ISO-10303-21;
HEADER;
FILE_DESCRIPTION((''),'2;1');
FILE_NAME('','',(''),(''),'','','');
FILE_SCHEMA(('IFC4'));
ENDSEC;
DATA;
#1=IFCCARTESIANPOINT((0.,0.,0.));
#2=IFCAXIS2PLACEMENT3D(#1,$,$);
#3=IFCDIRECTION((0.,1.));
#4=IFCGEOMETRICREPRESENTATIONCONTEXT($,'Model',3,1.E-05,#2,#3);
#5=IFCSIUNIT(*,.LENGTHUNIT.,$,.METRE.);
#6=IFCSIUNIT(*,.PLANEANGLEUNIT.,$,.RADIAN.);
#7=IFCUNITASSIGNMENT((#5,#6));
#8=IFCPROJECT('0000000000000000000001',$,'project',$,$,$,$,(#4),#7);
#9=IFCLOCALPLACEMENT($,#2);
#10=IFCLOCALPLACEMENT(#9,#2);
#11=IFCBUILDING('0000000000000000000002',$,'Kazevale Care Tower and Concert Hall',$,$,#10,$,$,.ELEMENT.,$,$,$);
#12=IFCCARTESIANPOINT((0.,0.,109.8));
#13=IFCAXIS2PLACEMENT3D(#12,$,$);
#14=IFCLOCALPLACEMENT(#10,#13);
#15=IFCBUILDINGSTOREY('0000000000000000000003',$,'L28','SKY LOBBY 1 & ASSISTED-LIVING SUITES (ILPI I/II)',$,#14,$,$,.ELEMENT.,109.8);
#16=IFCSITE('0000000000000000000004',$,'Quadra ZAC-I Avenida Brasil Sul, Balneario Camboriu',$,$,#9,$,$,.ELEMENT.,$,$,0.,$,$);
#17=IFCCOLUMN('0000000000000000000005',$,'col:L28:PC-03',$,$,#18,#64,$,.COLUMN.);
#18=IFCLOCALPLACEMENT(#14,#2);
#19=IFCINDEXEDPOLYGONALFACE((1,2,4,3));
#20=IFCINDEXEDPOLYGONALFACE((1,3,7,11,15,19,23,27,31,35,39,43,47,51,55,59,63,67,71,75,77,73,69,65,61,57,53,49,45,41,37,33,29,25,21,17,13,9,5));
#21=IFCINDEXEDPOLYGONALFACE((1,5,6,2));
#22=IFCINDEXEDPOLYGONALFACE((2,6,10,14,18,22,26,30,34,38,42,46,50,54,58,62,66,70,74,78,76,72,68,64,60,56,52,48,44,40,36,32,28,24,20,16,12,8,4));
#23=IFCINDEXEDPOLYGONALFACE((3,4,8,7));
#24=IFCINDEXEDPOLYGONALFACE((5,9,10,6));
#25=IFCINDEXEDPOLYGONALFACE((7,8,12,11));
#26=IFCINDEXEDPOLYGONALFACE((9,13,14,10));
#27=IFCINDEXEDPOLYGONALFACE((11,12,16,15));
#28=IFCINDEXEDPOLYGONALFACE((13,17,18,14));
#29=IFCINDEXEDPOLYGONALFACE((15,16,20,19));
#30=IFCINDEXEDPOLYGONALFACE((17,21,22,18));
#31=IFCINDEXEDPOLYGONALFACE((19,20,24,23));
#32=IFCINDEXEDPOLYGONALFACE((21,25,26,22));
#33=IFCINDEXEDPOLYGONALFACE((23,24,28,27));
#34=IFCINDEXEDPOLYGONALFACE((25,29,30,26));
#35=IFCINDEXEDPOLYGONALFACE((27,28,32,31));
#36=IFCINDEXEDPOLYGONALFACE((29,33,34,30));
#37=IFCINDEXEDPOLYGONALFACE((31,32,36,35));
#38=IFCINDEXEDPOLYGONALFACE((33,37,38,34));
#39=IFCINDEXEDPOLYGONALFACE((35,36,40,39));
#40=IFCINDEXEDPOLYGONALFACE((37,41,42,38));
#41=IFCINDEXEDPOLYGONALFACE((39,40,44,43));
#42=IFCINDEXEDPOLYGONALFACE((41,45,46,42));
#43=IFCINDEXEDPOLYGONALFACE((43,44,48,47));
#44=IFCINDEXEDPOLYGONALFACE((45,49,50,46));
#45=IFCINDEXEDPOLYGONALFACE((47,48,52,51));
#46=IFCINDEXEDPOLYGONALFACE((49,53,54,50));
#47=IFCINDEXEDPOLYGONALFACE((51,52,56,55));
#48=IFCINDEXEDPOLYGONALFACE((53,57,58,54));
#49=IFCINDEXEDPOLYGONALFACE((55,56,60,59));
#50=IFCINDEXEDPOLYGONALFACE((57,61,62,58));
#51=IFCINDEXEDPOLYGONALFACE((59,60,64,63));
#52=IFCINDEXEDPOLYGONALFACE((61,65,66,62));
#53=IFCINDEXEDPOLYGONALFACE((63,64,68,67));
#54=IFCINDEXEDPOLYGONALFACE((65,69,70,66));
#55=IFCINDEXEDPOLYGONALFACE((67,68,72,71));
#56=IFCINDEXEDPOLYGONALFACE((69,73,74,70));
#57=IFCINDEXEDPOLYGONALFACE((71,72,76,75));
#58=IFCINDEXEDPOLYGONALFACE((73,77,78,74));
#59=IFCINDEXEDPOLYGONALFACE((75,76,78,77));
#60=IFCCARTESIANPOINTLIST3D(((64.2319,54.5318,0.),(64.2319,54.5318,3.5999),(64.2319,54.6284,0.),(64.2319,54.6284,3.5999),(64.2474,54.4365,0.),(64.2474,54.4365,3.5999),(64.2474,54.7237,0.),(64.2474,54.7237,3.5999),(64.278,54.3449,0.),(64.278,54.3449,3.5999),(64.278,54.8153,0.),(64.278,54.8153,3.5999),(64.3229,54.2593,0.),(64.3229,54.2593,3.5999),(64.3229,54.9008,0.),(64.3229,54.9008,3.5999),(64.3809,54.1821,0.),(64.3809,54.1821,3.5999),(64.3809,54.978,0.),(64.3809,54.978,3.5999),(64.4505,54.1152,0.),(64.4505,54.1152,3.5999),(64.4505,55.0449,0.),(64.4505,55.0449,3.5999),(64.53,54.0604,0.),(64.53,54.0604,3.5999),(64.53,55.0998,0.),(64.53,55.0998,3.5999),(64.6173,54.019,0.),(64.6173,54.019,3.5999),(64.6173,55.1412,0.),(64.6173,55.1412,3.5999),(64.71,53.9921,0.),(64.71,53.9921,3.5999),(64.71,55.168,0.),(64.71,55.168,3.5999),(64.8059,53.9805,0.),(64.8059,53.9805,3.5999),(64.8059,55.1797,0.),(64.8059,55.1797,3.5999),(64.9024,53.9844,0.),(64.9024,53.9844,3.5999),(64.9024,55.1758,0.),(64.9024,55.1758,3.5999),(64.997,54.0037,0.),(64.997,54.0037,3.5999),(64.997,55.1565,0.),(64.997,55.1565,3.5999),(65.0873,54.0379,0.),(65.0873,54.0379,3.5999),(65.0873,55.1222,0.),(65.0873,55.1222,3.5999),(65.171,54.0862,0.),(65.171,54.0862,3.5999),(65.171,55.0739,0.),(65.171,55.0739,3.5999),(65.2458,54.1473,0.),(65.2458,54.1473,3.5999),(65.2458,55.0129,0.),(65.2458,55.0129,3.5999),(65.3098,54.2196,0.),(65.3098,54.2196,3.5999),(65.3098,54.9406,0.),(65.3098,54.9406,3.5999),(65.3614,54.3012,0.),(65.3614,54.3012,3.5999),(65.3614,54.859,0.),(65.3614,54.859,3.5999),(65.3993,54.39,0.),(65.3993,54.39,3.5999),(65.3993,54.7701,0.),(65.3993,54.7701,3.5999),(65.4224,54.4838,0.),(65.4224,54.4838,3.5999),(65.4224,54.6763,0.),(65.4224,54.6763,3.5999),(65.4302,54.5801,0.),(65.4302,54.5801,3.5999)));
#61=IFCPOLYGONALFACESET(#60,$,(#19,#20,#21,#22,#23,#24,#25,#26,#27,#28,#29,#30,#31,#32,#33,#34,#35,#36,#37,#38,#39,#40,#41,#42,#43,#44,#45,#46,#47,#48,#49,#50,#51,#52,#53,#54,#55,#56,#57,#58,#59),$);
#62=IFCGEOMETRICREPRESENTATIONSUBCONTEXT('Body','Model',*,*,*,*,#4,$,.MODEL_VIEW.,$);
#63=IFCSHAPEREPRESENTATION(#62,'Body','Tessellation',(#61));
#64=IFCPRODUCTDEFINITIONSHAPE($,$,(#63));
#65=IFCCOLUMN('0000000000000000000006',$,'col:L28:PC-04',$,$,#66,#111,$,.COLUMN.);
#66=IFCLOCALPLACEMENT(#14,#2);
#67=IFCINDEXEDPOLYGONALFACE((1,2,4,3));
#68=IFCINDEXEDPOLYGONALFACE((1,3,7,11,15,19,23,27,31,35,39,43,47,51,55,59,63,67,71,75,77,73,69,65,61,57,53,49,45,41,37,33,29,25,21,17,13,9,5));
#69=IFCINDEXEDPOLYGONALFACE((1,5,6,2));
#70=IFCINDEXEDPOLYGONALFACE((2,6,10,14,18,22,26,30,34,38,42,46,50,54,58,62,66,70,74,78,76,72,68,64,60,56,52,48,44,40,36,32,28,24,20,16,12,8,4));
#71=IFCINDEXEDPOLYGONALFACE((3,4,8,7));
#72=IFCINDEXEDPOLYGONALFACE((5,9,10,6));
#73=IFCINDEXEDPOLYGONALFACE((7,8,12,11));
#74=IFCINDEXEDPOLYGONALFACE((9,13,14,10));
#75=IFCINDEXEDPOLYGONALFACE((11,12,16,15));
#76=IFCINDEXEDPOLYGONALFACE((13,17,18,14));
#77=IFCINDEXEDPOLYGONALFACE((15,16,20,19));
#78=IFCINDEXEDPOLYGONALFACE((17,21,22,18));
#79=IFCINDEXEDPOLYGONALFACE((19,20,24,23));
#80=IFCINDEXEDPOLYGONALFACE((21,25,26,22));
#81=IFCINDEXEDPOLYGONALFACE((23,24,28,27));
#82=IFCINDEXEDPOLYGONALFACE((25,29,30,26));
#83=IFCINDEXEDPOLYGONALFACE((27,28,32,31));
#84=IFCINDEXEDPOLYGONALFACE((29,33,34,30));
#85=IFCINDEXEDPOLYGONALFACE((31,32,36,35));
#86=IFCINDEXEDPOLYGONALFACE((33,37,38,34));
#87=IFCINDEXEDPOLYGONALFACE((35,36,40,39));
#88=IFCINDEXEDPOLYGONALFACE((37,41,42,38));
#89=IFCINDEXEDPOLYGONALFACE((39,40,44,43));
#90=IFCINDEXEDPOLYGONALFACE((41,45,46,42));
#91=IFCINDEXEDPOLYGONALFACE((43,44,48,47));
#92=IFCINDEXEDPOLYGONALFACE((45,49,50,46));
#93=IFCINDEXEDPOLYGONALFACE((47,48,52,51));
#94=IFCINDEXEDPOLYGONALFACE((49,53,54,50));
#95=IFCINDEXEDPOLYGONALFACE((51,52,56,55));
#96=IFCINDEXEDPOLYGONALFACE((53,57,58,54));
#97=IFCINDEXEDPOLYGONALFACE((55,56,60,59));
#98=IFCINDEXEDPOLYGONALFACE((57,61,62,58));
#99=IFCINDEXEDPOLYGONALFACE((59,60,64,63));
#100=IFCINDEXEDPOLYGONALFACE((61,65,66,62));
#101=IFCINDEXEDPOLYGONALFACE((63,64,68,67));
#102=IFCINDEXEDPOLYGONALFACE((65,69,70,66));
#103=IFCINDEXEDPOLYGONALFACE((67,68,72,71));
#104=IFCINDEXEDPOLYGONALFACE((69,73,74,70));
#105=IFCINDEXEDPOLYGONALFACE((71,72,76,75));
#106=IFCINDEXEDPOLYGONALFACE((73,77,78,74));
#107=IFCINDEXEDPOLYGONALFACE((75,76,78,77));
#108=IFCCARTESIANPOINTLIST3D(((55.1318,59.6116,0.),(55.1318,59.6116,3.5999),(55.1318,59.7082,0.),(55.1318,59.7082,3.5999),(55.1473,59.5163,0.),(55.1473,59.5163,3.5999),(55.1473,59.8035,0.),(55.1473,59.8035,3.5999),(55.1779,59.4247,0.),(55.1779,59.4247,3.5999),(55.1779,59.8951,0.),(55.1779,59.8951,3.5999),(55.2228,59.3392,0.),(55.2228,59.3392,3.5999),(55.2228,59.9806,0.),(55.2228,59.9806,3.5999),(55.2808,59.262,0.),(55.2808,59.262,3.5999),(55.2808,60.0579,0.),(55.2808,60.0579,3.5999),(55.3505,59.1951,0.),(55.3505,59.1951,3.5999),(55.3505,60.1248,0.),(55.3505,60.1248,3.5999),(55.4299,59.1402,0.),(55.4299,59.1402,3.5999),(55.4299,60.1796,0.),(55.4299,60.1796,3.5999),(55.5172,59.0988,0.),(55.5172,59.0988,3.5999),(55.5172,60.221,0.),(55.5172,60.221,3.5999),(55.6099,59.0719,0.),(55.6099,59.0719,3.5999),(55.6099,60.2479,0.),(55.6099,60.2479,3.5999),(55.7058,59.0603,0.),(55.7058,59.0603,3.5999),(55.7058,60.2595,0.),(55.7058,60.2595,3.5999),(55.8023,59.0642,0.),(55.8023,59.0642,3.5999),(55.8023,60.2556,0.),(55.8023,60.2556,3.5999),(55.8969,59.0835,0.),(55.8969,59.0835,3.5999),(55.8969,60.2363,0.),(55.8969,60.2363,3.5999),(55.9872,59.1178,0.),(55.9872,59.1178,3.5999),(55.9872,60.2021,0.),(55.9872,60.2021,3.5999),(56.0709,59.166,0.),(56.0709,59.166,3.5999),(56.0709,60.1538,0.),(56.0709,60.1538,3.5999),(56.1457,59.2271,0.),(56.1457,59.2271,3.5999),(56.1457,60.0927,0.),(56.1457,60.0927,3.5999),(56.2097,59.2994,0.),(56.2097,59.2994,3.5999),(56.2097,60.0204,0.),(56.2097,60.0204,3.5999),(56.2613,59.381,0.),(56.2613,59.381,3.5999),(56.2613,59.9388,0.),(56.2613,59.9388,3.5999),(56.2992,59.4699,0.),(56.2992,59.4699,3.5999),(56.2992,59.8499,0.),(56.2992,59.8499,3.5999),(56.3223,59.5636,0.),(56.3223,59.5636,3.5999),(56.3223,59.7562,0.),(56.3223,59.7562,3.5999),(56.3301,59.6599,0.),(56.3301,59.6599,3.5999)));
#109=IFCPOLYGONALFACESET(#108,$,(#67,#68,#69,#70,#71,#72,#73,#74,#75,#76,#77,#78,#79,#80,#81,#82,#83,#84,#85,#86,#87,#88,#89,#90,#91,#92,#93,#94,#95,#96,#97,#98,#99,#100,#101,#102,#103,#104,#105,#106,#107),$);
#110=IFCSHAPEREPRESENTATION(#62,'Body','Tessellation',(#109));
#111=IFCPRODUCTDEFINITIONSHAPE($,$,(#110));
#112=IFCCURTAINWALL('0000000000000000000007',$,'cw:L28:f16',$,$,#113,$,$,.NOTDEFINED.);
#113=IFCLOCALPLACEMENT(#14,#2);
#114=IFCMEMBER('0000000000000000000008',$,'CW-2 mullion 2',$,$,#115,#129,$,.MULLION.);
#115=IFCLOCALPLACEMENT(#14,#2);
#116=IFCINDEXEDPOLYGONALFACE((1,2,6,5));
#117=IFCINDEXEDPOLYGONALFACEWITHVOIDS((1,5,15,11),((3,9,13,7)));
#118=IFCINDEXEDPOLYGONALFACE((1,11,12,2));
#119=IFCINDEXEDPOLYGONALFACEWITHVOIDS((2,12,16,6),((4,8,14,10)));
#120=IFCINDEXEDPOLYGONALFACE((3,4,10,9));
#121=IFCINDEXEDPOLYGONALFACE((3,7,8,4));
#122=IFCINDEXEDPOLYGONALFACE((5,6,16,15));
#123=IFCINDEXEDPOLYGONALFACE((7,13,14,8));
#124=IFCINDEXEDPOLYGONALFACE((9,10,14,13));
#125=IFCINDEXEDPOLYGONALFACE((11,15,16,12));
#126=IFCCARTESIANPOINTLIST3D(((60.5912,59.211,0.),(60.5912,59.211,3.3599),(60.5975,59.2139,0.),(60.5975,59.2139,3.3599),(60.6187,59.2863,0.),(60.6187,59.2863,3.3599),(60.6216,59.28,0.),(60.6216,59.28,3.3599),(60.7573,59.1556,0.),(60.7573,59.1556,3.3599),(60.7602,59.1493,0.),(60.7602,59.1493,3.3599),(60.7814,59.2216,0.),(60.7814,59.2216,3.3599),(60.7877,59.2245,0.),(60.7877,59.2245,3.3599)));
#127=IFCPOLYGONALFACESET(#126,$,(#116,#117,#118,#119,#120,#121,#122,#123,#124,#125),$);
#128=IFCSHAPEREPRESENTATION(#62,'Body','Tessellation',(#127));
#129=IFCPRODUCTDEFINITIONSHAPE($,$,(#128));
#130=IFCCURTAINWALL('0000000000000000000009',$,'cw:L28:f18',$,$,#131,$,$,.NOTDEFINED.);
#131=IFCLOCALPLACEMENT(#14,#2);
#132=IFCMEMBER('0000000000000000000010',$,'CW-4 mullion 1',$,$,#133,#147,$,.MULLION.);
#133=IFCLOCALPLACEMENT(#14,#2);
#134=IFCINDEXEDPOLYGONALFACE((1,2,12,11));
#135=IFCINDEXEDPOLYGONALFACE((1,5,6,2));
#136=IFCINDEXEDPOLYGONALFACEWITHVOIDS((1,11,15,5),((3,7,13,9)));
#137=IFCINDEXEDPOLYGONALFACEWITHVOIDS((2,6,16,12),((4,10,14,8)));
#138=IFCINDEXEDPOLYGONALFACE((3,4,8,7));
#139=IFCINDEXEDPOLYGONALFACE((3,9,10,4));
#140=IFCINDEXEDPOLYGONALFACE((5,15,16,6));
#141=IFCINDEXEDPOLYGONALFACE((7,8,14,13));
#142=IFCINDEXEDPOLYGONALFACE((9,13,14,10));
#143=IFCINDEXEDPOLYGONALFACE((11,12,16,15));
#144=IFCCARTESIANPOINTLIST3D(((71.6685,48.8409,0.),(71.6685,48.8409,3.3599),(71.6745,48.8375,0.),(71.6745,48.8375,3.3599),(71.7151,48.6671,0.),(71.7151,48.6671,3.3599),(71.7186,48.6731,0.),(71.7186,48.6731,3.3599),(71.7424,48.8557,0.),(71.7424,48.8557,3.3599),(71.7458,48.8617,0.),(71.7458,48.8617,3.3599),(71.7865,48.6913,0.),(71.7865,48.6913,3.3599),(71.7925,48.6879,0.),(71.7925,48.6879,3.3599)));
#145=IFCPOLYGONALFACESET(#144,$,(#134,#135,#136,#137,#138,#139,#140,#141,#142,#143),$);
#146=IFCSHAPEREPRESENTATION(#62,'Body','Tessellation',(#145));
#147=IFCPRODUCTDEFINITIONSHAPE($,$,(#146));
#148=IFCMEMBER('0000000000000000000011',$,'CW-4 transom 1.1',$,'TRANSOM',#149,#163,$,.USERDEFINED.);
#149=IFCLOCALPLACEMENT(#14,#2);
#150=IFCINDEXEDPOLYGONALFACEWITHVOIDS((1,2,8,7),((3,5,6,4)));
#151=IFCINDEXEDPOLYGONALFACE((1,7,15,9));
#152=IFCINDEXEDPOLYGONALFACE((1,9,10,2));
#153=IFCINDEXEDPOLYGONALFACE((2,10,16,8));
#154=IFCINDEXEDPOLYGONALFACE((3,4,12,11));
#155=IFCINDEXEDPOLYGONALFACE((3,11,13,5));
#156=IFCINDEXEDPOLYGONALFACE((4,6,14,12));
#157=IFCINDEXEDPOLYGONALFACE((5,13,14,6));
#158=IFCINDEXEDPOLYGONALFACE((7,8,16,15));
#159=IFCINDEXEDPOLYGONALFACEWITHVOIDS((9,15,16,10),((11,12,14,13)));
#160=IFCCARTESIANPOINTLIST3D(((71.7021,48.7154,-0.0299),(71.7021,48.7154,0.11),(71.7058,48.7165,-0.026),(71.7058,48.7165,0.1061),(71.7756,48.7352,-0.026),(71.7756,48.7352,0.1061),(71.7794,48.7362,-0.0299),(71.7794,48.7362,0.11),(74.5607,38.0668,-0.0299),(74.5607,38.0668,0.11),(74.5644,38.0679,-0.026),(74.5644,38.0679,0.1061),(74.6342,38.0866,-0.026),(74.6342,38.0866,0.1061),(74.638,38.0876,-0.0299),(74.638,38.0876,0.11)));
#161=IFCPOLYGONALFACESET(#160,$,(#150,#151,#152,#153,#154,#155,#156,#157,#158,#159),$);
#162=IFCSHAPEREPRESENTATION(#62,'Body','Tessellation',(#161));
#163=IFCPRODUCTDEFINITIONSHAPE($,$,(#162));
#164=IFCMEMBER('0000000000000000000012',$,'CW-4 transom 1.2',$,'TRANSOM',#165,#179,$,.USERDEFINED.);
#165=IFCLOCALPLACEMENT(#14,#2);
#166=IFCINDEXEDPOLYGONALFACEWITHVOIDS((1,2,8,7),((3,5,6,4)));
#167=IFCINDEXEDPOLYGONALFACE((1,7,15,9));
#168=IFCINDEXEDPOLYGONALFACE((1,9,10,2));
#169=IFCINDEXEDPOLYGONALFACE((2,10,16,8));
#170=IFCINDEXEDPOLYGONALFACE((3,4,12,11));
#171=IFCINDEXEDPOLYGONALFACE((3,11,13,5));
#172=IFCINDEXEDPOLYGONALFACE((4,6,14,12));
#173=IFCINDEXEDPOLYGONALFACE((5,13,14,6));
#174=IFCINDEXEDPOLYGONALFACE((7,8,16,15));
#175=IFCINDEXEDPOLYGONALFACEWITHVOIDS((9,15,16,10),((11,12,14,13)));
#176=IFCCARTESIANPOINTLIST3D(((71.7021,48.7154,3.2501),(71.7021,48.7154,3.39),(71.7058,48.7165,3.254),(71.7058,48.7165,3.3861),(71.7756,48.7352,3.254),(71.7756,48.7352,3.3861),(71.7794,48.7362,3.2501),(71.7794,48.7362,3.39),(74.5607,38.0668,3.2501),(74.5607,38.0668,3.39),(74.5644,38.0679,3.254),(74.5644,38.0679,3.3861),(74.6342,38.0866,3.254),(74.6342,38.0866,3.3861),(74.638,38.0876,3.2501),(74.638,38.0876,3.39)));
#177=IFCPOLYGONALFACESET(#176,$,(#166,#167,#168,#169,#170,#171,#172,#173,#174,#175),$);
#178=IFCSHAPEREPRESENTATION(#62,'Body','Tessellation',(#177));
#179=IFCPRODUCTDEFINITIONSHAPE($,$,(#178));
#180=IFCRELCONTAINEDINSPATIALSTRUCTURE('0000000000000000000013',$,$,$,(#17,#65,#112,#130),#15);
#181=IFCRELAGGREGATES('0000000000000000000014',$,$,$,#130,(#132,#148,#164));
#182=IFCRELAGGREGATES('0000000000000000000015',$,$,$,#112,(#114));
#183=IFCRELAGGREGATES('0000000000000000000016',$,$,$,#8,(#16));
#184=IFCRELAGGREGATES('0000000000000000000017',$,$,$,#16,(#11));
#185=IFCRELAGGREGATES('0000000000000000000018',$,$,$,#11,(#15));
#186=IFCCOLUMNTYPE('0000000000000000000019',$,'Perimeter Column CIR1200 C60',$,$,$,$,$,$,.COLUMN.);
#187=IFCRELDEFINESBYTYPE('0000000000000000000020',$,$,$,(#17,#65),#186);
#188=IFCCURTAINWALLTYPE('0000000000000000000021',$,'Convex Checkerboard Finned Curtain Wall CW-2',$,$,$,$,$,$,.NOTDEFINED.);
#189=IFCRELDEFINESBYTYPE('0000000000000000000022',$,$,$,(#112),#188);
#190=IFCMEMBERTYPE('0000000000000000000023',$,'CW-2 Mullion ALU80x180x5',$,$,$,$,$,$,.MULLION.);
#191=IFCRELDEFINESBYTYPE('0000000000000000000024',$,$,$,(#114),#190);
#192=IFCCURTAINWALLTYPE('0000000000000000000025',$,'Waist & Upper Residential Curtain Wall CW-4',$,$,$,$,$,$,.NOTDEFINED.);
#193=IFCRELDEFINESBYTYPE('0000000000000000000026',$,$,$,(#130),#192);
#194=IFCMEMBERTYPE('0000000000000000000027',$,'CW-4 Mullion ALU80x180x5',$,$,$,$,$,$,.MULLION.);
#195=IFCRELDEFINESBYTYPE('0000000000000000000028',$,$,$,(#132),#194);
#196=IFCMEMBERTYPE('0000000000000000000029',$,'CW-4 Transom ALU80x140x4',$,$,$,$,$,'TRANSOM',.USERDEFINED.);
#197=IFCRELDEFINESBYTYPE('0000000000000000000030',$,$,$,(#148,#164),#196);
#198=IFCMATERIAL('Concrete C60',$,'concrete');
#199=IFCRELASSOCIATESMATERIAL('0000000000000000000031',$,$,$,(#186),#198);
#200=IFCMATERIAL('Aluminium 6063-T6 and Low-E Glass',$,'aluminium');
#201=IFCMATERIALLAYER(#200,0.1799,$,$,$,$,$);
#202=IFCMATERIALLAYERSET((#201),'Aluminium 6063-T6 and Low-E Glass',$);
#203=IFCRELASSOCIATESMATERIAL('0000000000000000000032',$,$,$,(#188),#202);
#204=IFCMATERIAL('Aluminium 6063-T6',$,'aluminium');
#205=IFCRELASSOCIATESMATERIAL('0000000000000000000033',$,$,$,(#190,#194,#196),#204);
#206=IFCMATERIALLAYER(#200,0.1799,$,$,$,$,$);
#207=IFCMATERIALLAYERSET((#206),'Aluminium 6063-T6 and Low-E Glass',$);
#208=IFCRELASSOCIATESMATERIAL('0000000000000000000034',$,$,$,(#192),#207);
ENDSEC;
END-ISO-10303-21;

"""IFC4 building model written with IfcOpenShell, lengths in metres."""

from ifc_helpers import new_model, si_unit, direction, frame, origin, origin_2d, place, context, subcontext, project, spatial, hollow_rectangle, circle, extrude, material, layer, layer_set, material_profile, profile_set, type_object, element, aggregate, save


model = new_model("IFC4")

# Units and contexts
model_context = context("Model", 3, precision=1e-05, world=origin(), true_north=direction((0.0, 1.0)))
body_context = subcontext(model_context, "Body", "Model", "MODEL_VIEW")
ifc_project = project(units=[si_unit("LENGTHUNIT", "METRE"), si_unit("PLANEANGLEUNIT", "RADIAN")], contexts=[model_context])

# Site, building, storey
site_placement = place(None, origin())
site = spatial("IfcSite", under=ifc_project, at=site_placement, Name="Quadra ZAC-I Avenida Brasil Sul, Balneario Camboriu", CompositionType="ELEMENT", RefElevation=0.0)
building_placement = place(site_placement, origin())
building = spatial("IfcBuilding", under=site, at=building_placement, Name="Kazevale Care Tower and Concert Hall", CompositionType="ELEMENT")
storey_placement = place(building_placement, frame((0.0, 0.0, 109.8)))
storey = spatial("IfcBuildingStorey", under=building, at=storey_placement, Name="L28", Description="SKY LOBBY 1 & ASSISTED-LIVING SUITES (ILPI I/II)", CompositionType="ELEMENT", Elevation=109.8)

# Columns
ifc_material_1 = material(Name="Concrete C60", Category="concrete")
ifc_material_profile_1 = material_profile(ifc_material_1, circle(Radius=0.6001, at=origin_2d()), Name="RC-CIR1200")
ifc_profile_set_1 = profile_set([ifc_material_profile_1], Name="Concrete C60")
column_type = type_object("IfcColumnType", Name="Perimeter Column CIR1200 C60", PredefinedType="COLUMN", material=ifc_profile_set_1)
for number, where, z_axis, x_axis, name in (
    (1, (64.8301, 54.5801, 0.0), (0.0, 0.0, 1.0), (1.0, 0.0, 0.0), "col:L28:PC-03"),
    (2, (55.73, 59.6599, 0.0), (0.0, 0.0, 1.0), (1.0, 0.0, 0.0), "col:L28:PC-04"),
):
    element("IfcColumn", number, at=place(storey_placement, frame(where, z_axis=z_axis, x_axis=x_axis)), inside=storey, type_object=column_type, Name=name, PredefinedType="COLUMN", context=body_context, shape_type="SweptSolid", body=[
        extrude(circle(Radius=0.6001, at=origin_2d()), origin(), (0.0, 0.0, 1.0), 3.5999),
    ])

# Curtain wall, member
ifc_material_2 = material(Name="Aluminium 6063-T6 and Low-E Glass", Category="aluminium")
ifc_layer_1 = layer(ifc_material_2, 0.1799)
ifc_layer_set_1 = layer_set([ifc_layer_1], Name="Aluminium 6063-T6 and Low-E Glass")
curtain_wall_type_1 = type_object("IfcCurtainWallType", Name="Convex Checkerboard Finned Curtain Wall CW-2", PredefinedType="NOTDEFINED", material=ifc_layer_set_1)
curtain_wall_1_placement = place(storey_placement, origin())
curtain_wall_1 = element("IfcCurtainWall", 3, at=curtain_wall_1_placement, inside=storey, type_object=curtain_wall_type_1, Name="cw:L28:f16", PredefinedType="NOTDEFINED")
ifc_material_3 = material(Name="Aluminium 6063-T6", Category="aluminium")
ifc_material_profile_2 = material_profile(ifc_material_3, hollow_rectangle(XDim=0.0801, YDim=0.1799, WallThickness=0.0049, at=origin_2d()), Name="ALU80x180x5")
ifc_profile_set_2 = profile_set([ifc_material_profile_2], Name="Aluminium 6063-T6")
member_type_1 = type_object("IfcMemberType", Name="CW-2 Mullion ALU80x180x5", PredefinedType="MULLION", material=ifc_profile_set_2)
member_1_placement = place(storey_placement, frame((60.6895, 59.2178, 0.0), z_axis=(0.0, 0.0, 1.0), x_axis=(0.343143, 0.939283, 0.0)))
member_1 = element("IfcMember", 4, at=member_1_placement, type_object=member_type_1, Name="CW-2 mullion 2", PredefinedType="MULLION", context=body_context, shape_type="SweptSolid", body=[
    extrude(hollow_rectangle(XDim=0.0801, YDim=0.1799, WallThickness=0.0049, at=origin_2d()), origin(), (0.0, 0.0, 1.0), 3.3599),
])

# Curtain wall, members
ifc_layer_2 = layer(ifc_material_2, 0.1799)
ifc_layer_set_2 = layer_set([ifc_layer_2], Name="Aluminium 6063-T6 and Low-E Glass")
curtain_wall_type_2 = type_object("IfcCurtainWallType", Name="Waist & Upper Residential Curtain Wall CW-4", PredefinedType="NOTDEFINED", material=ifc_layer_set_2)
curtain_wall_2_placement = place(storey_placement, origin())
curtain_wall_2 = element("IfcCurtainWall", 5, at=curtain_wall_2_placement, inside=storey, type_object=curtain_wall_type_2, Name="cw:L28:f18", PredefinedType="NOTDEFINED")
ifc_material_profile_3 = material_profile(ifc_material_3, hollow_rectangle(XDim=0.0801, YDim=0.1799, WallThickness=0.0049, at=origin_2d()), Name="ALU80x180x5")
ifc_profile_set_3 = profile_set([ifc_material_profile_3], Name="Aluminium 6063-T6")
member_type_2 = type_object("IfcMemberType", Name="CW-4 Mullion ALU80x180x5", PredefinedType="MULLION", material=ifc_profile_set_3)
member_2_placement = place(storey_placement, frame((71.7305, 48.7644, 0.0), z_axis=(0.0, 0.0, 1.0), x_axis=(0.965806, 0.259265, 0.0)))
member_2 = element("IfcMember", 6, at=member_2_placement, type_object=member_type_2, Name="CW-4 mullion 1", PredefinedType="MULLION", context=body_context, shape_type="SweptSolid", body=[
    extrude(hollow_rectangle(XDim=0.0801, YDim=0.1799, WallThickness=0.0049, at=origin_2d()), origin(), (0.0, 0.0, 1.0), 3.3599),
])
ifc_material_profile_4 = material_profile(ifc_material_3, hollow_rectangle(XDim=0.0801, YDim=0.1399, WallThickness=0.0039, at=origin_2d()), Name="ALU80x140x4")
ifc_profile_set_4 = profile_set([ifc_material_profile_4], Name="Aluminium 6063-T6")
member_type_3 = type_object("IfcMemberType", Name="CW-4 Transom ALU80x140x4", ElementType="TRANSOM", PredefinedType="USERDEFINED", material=ifc_profile_set_4)
member_3_placement = place(storey_placement, frame((71.7407, 48.7258, 0.04), z_axis=(0.259271, -0.965805, 0.0), x_axis=(0.965805, 0.259271, 0.0)))
member_3 = element("IfcMember", 7, at=member_3_placement, type_object=member_type_3, Name="CW-4 transom 1.1", ObjectType="TRANSOM", PredefinedType="USERDEFINED", context=body_context, shape_type="SweptSolid", body=[
    extrude(hollow_rectangle(XDim=0.0801, YDim=0.1399, WallThickness=0.0039, at=origin_2d()), origin(), (0.0, 0.0, 1.0), 11.0256),
])
member_4_placement = place(storey_placement, frame((71.7407, 48.7258, 3.3201), z_axis=(0.259271, -0.965805, 0.0), x_axis=(0.965805, 0.259271, 0.0)))
member_4 = element("IfcMember", 8, at=member_4_placement, type_object=member_type_3, Name="CW-4 transom 1.2", ObjectType="TRANSOM", PredefinedType="USERDEFINED", context=body_context, shape_type="SweptSolid", body=[
    extrude(hollow_rectangle(XDim=0.0801, YDim=0.1399, WallThickness=0.0039, at=origin_2d()), origin(), (0.0, 0.0, 1.0), 11.0256),
])
aggregate(curtain_wall_2, [member_2, member_3, member_4])

aggregate(curtain_wall_1, [member_1])

save(model, "model.ifc")
